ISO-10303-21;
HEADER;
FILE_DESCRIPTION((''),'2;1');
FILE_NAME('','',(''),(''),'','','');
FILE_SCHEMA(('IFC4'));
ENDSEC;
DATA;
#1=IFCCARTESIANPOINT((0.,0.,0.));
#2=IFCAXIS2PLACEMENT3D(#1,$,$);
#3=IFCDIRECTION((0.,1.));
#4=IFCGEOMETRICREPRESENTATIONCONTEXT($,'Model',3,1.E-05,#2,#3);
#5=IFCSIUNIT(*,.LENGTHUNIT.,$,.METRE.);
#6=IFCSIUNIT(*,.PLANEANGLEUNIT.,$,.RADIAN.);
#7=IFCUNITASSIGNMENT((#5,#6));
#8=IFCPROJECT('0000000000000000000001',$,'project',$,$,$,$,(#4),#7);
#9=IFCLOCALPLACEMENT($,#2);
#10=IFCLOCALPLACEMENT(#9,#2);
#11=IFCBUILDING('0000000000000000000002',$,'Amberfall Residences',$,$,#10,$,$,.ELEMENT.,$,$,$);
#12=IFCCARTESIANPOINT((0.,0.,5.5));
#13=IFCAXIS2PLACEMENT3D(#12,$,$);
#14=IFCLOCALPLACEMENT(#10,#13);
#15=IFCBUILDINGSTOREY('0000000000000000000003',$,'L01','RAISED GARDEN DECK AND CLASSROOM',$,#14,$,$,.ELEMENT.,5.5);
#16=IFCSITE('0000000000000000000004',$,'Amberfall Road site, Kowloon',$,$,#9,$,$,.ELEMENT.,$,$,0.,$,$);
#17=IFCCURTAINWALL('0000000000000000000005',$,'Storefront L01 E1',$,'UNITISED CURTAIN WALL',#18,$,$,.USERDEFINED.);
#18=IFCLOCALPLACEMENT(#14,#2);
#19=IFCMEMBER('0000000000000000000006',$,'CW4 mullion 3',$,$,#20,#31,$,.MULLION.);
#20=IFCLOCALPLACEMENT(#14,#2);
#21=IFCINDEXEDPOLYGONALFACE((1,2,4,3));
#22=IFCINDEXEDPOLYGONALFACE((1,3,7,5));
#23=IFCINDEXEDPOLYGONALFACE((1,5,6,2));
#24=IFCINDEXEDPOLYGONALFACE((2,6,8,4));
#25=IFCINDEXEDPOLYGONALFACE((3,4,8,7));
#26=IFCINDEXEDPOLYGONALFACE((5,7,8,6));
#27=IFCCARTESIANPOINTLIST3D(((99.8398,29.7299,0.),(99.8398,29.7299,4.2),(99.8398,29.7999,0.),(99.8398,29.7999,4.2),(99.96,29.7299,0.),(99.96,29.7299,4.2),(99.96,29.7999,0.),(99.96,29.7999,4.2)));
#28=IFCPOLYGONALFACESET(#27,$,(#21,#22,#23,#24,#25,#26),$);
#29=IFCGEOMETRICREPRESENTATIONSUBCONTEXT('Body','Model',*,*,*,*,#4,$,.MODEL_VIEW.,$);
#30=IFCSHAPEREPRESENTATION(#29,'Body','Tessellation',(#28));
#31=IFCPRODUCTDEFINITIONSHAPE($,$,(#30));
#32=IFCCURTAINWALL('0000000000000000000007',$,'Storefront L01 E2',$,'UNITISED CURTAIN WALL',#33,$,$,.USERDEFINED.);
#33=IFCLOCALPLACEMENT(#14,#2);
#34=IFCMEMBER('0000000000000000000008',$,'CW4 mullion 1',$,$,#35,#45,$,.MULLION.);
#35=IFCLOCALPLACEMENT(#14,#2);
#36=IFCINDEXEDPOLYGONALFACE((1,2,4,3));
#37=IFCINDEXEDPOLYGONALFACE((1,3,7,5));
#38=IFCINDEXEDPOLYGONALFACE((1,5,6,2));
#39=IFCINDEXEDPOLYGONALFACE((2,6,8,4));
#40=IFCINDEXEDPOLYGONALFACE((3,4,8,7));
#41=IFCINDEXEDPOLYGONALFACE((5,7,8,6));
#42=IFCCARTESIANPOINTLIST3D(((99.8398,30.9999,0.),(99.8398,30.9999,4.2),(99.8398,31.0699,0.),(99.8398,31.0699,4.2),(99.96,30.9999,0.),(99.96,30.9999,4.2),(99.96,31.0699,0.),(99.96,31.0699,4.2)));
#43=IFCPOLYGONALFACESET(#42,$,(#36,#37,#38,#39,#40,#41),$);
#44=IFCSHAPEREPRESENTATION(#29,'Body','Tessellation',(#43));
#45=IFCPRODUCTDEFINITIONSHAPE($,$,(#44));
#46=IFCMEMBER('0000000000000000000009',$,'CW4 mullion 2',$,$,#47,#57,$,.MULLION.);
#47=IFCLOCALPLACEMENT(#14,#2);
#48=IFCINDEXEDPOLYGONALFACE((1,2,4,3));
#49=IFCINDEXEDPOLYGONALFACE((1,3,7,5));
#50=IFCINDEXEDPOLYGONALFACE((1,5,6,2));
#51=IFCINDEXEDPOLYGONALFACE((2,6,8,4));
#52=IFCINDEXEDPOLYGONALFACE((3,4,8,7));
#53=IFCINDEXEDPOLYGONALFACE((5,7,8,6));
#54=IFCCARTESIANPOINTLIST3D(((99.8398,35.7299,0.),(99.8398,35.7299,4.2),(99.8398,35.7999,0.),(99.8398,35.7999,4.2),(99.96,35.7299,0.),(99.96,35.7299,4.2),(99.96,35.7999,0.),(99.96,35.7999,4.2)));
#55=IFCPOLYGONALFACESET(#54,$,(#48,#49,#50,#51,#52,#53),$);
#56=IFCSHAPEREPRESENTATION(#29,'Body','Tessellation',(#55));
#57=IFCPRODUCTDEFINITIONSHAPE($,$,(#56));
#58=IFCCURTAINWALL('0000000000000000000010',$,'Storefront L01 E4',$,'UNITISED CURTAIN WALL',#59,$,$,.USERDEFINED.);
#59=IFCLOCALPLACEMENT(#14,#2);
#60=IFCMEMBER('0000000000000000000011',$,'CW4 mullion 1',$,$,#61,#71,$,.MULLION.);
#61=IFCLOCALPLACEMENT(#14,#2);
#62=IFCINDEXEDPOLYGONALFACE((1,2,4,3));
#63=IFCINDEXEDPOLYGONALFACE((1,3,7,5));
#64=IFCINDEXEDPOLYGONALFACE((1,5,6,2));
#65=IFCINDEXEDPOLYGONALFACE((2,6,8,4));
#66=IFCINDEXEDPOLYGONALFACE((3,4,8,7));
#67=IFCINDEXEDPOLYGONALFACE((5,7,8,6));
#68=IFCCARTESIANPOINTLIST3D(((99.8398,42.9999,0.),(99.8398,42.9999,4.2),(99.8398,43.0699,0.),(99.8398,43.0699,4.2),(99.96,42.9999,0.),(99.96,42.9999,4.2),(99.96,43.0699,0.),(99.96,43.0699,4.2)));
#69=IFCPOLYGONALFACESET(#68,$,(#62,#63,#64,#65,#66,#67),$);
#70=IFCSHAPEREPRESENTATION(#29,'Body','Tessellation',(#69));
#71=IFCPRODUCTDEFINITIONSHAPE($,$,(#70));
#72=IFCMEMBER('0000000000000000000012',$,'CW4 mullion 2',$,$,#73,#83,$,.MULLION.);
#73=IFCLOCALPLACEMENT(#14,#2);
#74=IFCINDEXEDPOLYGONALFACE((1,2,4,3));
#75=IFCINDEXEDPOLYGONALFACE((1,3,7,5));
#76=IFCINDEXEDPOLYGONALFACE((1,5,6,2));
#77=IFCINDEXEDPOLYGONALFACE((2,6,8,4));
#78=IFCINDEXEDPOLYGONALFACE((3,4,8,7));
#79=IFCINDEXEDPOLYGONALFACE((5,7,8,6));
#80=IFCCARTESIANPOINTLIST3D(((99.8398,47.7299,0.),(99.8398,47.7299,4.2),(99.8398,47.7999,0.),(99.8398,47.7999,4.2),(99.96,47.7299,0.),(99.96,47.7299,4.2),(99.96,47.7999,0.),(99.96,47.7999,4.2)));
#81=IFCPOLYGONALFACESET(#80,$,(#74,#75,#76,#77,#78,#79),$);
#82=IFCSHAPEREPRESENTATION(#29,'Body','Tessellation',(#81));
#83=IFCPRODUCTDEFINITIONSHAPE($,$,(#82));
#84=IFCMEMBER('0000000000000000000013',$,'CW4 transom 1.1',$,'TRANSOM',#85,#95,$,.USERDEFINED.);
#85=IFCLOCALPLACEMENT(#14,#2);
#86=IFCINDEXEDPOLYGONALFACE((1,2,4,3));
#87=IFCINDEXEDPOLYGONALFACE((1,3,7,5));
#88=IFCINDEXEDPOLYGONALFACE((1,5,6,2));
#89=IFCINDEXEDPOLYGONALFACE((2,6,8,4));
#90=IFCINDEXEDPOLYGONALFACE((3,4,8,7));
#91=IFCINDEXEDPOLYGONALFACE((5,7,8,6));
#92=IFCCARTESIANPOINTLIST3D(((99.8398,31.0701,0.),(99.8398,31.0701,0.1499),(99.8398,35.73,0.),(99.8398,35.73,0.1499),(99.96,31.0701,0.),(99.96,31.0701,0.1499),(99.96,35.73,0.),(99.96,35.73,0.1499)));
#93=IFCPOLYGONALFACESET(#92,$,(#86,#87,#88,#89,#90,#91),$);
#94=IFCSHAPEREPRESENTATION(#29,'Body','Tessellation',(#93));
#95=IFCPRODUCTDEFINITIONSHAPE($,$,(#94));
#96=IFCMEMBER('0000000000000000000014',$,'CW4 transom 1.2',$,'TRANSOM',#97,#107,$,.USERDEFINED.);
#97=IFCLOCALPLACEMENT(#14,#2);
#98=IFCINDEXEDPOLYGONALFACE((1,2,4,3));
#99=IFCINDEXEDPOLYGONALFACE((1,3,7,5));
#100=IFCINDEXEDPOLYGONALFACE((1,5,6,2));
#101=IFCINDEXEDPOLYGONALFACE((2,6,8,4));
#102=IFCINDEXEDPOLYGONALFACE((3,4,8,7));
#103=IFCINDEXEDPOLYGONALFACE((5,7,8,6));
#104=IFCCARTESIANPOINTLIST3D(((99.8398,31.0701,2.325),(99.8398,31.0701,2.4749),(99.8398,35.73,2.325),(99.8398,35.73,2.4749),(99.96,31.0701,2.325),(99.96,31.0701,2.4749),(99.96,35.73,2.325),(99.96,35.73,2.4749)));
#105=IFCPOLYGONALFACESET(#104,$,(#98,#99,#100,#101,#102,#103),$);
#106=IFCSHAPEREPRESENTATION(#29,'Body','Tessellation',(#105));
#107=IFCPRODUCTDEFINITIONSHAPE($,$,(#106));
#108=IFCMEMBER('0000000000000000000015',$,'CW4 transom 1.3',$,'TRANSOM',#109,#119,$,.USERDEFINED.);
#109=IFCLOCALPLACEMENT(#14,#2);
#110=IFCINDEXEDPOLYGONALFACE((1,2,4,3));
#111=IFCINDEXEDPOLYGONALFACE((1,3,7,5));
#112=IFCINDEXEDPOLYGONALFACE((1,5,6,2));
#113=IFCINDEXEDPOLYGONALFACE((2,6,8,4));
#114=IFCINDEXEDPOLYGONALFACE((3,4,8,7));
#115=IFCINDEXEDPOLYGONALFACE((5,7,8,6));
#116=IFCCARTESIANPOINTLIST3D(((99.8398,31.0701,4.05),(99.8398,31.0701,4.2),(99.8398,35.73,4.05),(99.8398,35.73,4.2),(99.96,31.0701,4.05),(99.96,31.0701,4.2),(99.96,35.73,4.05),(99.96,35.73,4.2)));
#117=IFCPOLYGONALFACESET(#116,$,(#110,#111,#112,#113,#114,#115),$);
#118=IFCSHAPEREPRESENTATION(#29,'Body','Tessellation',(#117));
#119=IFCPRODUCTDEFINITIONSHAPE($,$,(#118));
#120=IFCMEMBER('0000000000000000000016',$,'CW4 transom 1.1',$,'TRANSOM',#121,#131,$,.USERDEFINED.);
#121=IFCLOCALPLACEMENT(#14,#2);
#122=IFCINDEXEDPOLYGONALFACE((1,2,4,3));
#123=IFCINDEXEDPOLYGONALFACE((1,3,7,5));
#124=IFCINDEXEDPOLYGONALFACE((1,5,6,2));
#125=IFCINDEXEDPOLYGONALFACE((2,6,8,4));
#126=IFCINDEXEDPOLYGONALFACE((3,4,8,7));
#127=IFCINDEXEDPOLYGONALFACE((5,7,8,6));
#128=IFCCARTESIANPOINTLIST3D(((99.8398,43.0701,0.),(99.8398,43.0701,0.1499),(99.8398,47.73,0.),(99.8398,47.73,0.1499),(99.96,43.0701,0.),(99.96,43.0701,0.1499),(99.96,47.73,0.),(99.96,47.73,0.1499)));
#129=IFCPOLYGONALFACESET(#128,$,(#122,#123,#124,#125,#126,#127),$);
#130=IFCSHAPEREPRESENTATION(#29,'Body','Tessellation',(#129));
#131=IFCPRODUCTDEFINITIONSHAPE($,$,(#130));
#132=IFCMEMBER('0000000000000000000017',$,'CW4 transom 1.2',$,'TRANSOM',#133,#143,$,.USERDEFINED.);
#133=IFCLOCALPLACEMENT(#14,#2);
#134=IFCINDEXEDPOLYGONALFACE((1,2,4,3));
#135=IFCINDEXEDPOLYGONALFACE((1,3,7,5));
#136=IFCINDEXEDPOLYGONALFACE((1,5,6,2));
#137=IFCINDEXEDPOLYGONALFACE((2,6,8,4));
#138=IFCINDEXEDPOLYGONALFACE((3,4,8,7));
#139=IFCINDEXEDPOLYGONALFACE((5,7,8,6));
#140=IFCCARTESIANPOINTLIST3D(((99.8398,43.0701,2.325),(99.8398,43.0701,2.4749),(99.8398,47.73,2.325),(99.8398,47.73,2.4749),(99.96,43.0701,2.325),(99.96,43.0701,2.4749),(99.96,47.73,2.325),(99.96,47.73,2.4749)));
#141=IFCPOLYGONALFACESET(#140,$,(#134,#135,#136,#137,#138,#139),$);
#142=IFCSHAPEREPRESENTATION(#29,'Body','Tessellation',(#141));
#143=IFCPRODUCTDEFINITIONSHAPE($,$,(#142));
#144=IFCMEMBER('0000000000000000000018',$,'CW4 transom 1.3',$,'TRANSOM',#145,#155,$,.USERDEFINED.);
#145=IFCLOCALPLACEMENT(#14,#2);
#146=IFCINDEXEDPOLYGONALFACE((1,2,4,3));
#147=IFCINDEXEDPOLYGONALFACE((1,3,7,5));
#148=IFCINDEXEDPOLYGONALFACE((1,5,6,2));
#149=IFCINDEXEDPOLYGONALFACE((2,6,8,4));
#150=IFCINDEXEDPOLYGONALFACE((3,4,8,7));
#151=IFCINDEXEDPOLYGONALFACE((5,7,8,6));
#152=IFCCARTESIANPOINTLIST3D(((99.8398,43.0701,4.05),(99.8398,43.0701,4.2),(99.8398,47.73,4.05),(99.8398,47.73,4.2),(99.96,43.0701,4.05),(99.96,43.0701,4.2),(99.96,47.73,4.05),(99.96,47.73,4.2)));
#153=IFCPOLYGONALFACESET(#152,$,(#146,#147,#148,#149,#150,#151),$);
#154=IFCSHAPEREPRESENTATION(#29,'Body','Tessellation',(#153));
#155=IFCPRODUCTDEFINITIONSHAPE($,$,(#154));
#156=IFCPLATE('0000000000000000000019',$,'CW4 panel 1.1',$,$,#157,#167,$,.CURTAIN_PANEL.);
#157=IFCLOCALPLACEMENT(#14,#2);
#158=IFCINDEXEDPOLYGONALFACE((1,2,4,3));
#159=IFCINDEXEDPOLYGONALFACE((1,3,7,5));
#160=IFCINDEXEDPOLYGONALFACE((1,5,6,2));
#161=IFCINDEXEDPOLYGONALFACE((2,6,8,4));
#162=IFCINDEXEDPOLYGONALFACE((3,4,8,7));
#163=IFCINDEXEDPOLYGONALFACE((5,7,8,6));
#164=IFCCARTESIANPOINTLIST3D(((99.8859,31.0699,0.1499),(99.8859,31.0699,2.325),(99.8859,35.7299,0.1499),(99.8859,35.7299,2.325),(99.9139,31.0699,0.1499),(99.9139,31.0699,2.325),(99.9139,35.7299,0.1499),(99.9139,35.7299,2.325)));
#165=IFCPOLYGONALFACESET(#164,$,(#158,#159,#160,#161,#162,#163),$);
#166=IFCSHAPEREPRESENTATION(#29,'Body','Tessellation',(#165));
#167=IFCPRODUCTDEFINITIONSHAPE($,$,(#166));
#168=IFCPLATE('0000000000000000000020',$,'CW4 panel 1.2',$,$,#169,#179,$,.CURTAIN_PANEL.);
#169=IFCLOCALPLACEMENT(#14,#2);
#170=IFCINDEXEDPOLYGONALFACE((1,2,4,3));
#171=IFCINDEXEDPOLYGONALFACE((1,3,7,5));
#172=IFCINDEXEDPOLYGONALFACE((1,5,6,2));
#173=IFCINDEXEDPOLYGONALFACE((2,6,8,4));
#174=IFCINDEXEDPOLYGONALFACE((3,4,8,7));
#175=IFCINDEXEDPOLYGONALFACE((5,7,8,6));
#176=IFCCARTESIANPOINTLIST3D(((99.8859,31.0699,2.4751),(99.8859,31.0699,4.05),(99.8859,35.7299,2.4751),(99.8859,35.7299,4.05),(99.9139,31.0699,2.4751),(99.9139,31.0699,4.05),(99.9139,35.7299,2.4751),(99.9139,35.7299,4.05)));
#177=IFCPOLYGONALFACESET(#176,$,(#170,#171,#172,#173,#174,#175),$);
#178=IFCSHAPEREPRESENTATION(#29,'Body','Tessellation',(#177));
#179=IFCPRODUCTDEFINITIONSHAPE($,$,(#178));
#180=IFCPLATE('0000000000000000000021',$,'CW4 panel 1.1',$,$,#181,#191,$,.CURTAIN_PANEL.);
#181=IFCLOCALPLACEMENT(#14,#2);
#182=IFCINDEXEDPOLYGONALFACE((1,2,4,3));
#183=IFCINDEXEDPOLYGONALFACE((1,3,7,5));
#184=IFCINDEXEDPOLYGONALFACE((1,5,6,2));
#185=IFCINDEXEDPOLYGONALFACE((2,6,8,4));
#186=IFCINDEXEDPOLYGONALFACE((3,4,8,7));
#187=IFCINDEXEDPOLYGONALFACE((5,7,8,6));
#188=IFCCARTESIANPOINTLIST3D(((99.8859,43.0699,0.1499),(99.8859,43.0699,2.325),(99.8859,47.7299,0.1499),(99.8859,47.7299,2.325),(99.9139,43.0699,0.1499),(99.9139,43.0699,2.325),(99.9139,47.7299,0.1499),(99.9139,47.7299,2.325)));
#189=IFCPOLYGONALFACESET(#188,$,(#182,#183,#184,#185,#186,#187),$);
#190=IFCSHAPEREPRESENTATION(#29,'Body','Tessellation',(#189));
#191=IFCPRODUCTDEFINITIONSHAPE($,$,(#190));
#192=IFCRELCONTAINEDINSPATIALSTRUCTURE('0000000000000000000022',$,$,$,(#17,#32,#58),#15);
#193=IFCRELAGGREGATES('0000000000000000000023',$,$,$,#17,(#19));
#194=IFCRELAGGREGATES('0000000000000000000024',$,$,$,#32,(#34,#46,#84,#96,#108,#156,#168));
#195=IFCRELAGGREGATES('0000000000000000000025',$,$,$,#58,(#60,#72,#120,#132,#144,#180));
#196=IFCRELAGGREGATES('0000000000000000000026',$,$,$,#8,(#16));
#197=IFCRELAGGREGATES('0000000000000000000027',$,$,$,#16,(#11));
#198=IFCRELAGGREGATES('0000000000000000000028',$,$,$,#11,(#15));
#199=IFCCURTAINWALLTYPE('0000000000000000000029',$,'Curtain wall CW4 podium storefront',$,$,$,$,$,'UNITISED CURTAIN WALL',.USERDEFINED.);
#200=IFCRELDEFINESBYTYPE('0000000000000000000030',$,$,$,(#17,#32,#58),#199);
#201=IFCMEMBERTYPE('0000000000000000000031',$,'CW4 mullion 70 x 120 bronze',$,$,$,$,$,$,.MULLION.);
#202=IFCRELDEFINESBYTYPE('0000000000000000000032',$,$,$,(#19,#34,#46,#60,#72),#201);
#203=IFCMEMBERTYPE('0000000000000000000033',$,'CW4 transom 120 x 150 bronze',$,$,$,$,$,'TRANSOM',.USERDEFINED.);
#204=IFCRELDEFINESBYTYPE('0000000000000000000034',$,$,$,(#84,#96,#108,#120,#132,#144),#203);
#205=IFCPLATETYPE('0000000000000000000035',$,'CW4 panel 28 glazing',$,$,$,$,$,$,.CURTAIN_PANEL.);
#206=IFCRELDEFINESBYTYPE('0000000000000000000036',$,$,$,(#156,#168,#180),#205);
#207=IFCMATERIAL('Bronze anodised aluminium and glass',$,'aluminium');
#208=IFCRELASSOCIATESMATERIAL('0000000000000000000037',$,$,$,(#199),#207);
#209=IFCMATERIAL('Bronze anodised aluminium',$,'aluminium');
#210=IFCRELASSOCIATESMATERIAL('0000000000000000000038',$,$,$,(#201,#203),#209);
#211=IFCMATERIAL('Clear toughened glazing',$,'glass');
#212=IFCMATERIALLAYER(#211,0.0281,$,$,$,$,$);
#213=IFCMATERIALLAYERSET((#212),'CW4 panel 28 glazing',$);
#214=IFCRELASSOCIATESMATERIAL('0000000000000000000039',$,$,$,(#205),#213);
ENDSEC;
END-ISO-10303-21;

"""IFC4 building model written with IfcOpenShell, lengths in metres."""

from ifc_helpers import new_model, si_unit, direction, frame, origin, origin_2d, place, context, subcontext, project, spatial, rectangle, extrude, material, layer, layer_set, material_profile, profile_set, type_object, element, aggregate, save


model = new_model("IFC4")

# Units and contexts
model_context = context("Model", 3, precision=1e-05, world=origin(), true_north=direction((0.0, 1.0)))
body_context = subcontext(model_context, "Body", "Model", "MODEL_VIEW")
ifc_project = project(units=[si_unit("LENGTHUNIT", "METRE"), si_unit("PLANEANGLEUNIT", "RADIAN")], contexts=[model_context])

# Site, building, storey
site_placement = place(None, origin())
site = spatial("IfcSite", under=ifc_project, at=site_placement, Name="Amberfall Road site, Kowloon", CompositionType="ELEMENT", RefElevation=0.0)
building_placement = place(site_placement, origin())
building = spatial("IfcBuilding", under=site, at=building_placement, Name="Amberfall Residences", CompositionType="ELEMENT")
storey_placement = place(building_placement, frame((0.0, 0.0, 5.5)))
storey = spatial("IfcBuildingStorey", under=building, at=storey_placement, Name="L01", Description="RAISED GARDEN DECK AND CLASSROOM", CompositionType="ELEMENT", Elevation=5.5)

# Curtain wall, member
ifc_material_1 = material(Name="Bronze anodised aluminium and glass", Category="aluminium")
curtain_wall_type = type_object("IfcCurtainWallType", Name="Curtain wall CW4 podium storefront", ElementType="UNITISED CURTAIN WALL", PredefinedType="USERDEFINED", material=ifc_material_1)
curtain_wall_1_placement = place(storey_placement, origin())
curtain_wall_1 = element("IfcCurtainWall", 1, at=curtain_wall_1_placement, inside=storey, type_object=curtain_wall_type, Name="Storefront L01 E1", ObjectType="UNITISED CURTAIN WALL", PredefinedType="USERDEFINED")
ifc_material_2 = material(Name="Bronze anodised aluminium", Category="aluminium")
ifc_material_profile_1 = material_profile(ifc_material_2, rectangle(XDim=0.1201, YDim=0.0701, at=origin_2d()), Name="CW4 mullion 70 x 120 bronze")
ifc_profile_set_1 = profile_set([ifc_material_profile_1], Name="Bronze anodised aluminium")
member_type_1 = type_object("IfcMemberType", Name="CW4 mullion 70 x 120 bronze", PredefinedType="MULLION", material=ifc_profile_set_1)
member_1_placement = place(storey_placement, frame((99.8999, 29.7649, 0.0), z_axis=(0.0, 0.0, 1.0), x_axis=(-1.0, 0.0, 0.0)))
member_1 = element("IfcMember", 2, at=member_1_placement, type_object=member_type_1, Name="CW4 mullion 3", PredefinedType="MULLION", context=body_context, shape_type="SweptSolid", body=[
    extrude(rectangle(XDim=0.1201, YDim=0.0701, at=origin_2d()), origin(), (0.0, 0.0, 1.0), 4.2),
])
aggregate(curtain_wall_1, [member_1])

# Curtain walls, members
curtain_wall_2_placement = place(storey_placement, origin())
curtain_wall_2 = element("IfcCurtainWall", 3, at=curtain_wall_2_placement, inside=storey, type_object=curtain_wall_type, Name="Storefront L01 E2", ObjectType="UNITISED CURTAIN WALL", PredefinedType="USERDEFINED")
member_2_placement = place(storey_placement, frame((99.8999, 31.0349, 0.0), z_axis=(0.0, 0.0, 1.0), x_axis=(-1.0, 0.0, 0.0)))
member_2 = element("IfcMember", 4, at=member_2_placement, type_object=member_type_1, Name="CW4 mullion 1", PredefinedType="MULLION", context=body_context, shape_type="SweptSolid", body=[
    extrude(rectangle(XDim=0.1201, YDim=0.0701, at=origin_2d()), origin(), (0.0, 0.0, 1.0), 4.2),
])
member_3_placement = place(storey_placement, frame((99.8999, 35.7649, 0.0), z_axis=(0.0, 0.0, 1.0), x_axis=(-1.0, 0.0, 0.0)))
member_3 = element("IfcMember", 5, at=member_3_placement, type_object=member_type_1, Name="CW4 mullion 2", PredefinedType="MULLION", context=body_context, shape_type="SweptSolid", body=[
    extrude(rectangle(XDim=0.1201, YDim=0.0701, at=origin_2d()), origin(), (0.0, 0.0, 1.0), 4.2),
])
curtain_wall_3_placement = place(storey_placement, origin())
curtain_wall_3 = element("IfcCurtainWall", 6, at=curtain_wall_3_placement, inside=storey, type_object=curtain_wall_type, Name="Storefront L01 E4", ObjectType="UNITISED CURTAIN WALL", PredefinedType="USERDEFINED")
member_4_placement = place(storey_placement, frame((99.8999, 43.0349, 0.0), z_axis=(0.0, 0.0, 1.0), x_axis=(-1.0, 0.0, 0.0)))
member_4 = element("IfcMember", 7, at=member_4_placement, type_object=member_type_1, Name="CW4 mullion 1", PredefinedType="MULLION", context=body_context, shape_type="SweptSolid", body=[
    extrude(rectangle(XDim=0.1201, YDim=0.0701, at=origin_2d()), origin(), (0.0, 0.0, 1.0), 4.2),
])
member_5_placement = place(storey_placement, frame((99.8999, 47.7649, 0.0), z_axis=(0.0, 0.0, 1.0), x_axis=(-1.0, 0.0, 0.0)))
member_5 = element("IfcMember", 8, at=member_5_placement, type_object=member_type_1, Name="CW4 mullion 2", PredefinedType="MULLION", context=body_context, shape_type="SweptSolid", body=[
    extrude(rectangle(XDim=0.1201, YDim=0.0701, at=origin_2d()), origin(), (0.0, 0.0, 1.0), 4.2),
])

# Members
ifc_material_profile_2 = material_profile(ifc_material_2, rectangle(XDim=0.1201, YDim=0.1499, at=origin_2d()), Name="CW4 transom 120 x 150 bronze")
ifc_profile_set_2 = profile_set([ifc_material_profile_2], Name="Bronze anodised aluminium")
member_type_2 = type_object("IfcMemberType", Name="CW4 transom 120 x 150 bronze", ElementType="TRANSOM", PredefinedType="USERDEFINED", material=ifc_profile_set_2)
member_6_placement = place(storey_placement, frame((99.8999, 31.0701, 0.075), z_axis=(0.0, 1.0, 0.0), x_axis=(-1.0, 0.0, 0.0)))
member_6 = element("IfcMember", 9, at=member_6_placement, type_object=member_type_2, Name="CW4 transom 1.1", ObjectType="TRANSOM", PredefinedType="USERDEFINED", context=body_context, shape_type="SweptSolid", body=[
    extrude(rectangle(XDim=0.1201, YDim=0.1499, at=origin_2d()), origin(), (0.0, 0.0, 1.0), 4.6599),
])
member_7_placement = place(storey_placement, frame((99.8999, 31.0701, 2.3999), z_axis=(0.0, 1.0, 0.0), x_axis=(-1.0, 0.0, 0.0)))
member_7 = element("IfcMember", 10, at=member_7_placement, type_object=member_type_2, Name="CW4 transom 1.2", ObjectType="TRANSOM", PredefinedType="USERDEFINED", context=body_context, shape_type="SweptSolid", body=[
    extrude(rectangle(XDim=0.1201, YDim=0.1499, at=origin_2d()), origin(), (0.0, 0.0, 1.0), 4.6599),
])
member_8_placement = place(storey_placement, frame((99.8999, 31.0701, 4.125), z_axis=(0.0, 1.0, 0.0), x_axis=(-1.0, 0.0, 0.0)))
member_8 = element("IfcMember", 11, at=member_8_placement, type_object=member_type_2, Name="CW4 transom 1.3", ObjectType="TRANSOM", PredefinedType="USERDEFINED", context=body_context, shape_type="SweptSolid", body=[
    extrude(rectangle(XDim=0.1201, YDim=0.1499, at=origin_2d()), origin(), (0.0, 0.0, 1.0), 4.6599),
])
member_9_placement = place(storey_placement, frame((99.8999, 43.0701, 0.075), z_axis=(0.0, 1.0, 0.0), x_axis=(-1.0, 0.0, 0.0)))
member_9 = element("IfcMember", 12, at=member_9_placement, type_object=member_type_2, Name="CW4 transom 1.1", ObjectType="TRANSOM", PredefinedType="USERDEFINED", context=body_context, shape_type="SweptSolid", body=[
    extrude(rectangle(XDim=0.1201, YDim=0.1499, at=origin_2d()), origin(), (0.0, 0.0, 1.0), 4.6599),
])
member_10_placement = place(storey_placement, frame((99.8999, 43.0701, 2.3999), z_axis=(0.0, 1.0, 0.0), x_axis=(-1.0, 0.0, 0.0)))
member_10 = element("IfcMember", 13, at=member_10_placement, type_object=member_type_2, Name="CW4 transom 1.2", ObjectType="TRANSOM", PredefinedType="USERDEFINED", context=body_context, shape_type="SweptSolid", body=[
    extrude(rectangle(XDim=0.1201, YDim=0.1499, at=origin_2d()), origin(), (0.0, 0.0, 1.0), 4.6599),
])
member_11_placement = place(storey_placement, frame((99.8999, 43.0701, 4.125), z_axis=(0.0, 1.0, 0.0), x_axis=(-1.0, 0.0, 0.0)))
member_11 = element("IfcMember", 14, at=member_11_placement, type_object=member_type_2, Name="CW4 transom 1.3", ObjectType="TRANSOM", PredefinedType="USERDEFINED", context=body_context, shape_type="SweptSolid", body=[
    extrude(rectangle(XDim=0.1201, YDim=0.1499, at=origin_2d()), origin(), (0.0, 0.0, 1.0), 4.6599),
])

# Plates
ifc_material_3 = material(Name="Clear toughened glazing", Category="glass")
ifc_layer_1 = layer(ifc_material_3, 0.0281)
ifc_layer_set_1 = layer_set([ifc_layer_1], Name="CW4 panel 28 glazing")
plate_type_1 = type_object("IfcPlateType", Name="CW4 panel 28 glazing", PredefinedType="CURTAIN_PANEL", material=ifc_layer_set_1)
plate_1_placement = place(storey_placement, frame((99.8999, 33.3999, 0.1499), z_axis=(0.0, 0.0, 1.0), x_axis=(0.0, 1.0, 0.0)))
plate_1 = element("IfcPlate", 15, at=plate_1_placement, type_object=plate_type_1, Name="CW4 panel 1.1", PredefinedType="CURTAIN_PANEL", context=body_context, shape_type="SweptSolid", body=[
    extrude(rectangle(XDim=4.6599, YDim=0.0281, at=origin_2d()), origin(), (0.0, 0.0, 1.0), 2.175),
])
plate_2_placement = place(storey_placement, frame((99.8999, 33.3999, 2.4751), z_axis=(0.0, 0.0, 1.0), x_axis=(0.0, 1.0, 0.0)))
plate_2 = element("IfcPlate", 16, at=plate_2_placement, type_object=plate_type_1, Name="CW4 panel 1.2", PredefinedType="CURTAIN_PANEL", context=body_context, shape_type="SweptSolid", body=[
    extrude(rectangle(XDim=4.6599, YDim=0.0281, at=origin_2d()), origin(), (0.0, 0.0, 1.0), 1.575),
])
aggregate(curtain_wall_2, [member_2, member_3, member_6, member_7, member_8, plate_1, plate_2])
plate_3_placement = place(storey_placement, frame((99.8999, 45.3999, 0.1499), z_axis=(0.0, 0.0, 1.0), x_axis=(0.0, 1.0, 0.0)))
plate_3 = element("IfcPlate", 17, at=plate_3_placement, type_object=plate_type_1, Name="CW4 panel 1.1", PredefinedType="CURTAIN_PANEL", context=body_context, shape_type="SweptSolid", body=[
    extrude(rectangle(XDim=4.6599, YDim=0.0281, at=origin_2d()), origin(), (0.0, 0.0, 1.0), 2.175),
])
aggregate(curtain_wall_3, [member_4, member_5, member_9, member_10, member_11, plate_3])

save(model, "model.ifc")
